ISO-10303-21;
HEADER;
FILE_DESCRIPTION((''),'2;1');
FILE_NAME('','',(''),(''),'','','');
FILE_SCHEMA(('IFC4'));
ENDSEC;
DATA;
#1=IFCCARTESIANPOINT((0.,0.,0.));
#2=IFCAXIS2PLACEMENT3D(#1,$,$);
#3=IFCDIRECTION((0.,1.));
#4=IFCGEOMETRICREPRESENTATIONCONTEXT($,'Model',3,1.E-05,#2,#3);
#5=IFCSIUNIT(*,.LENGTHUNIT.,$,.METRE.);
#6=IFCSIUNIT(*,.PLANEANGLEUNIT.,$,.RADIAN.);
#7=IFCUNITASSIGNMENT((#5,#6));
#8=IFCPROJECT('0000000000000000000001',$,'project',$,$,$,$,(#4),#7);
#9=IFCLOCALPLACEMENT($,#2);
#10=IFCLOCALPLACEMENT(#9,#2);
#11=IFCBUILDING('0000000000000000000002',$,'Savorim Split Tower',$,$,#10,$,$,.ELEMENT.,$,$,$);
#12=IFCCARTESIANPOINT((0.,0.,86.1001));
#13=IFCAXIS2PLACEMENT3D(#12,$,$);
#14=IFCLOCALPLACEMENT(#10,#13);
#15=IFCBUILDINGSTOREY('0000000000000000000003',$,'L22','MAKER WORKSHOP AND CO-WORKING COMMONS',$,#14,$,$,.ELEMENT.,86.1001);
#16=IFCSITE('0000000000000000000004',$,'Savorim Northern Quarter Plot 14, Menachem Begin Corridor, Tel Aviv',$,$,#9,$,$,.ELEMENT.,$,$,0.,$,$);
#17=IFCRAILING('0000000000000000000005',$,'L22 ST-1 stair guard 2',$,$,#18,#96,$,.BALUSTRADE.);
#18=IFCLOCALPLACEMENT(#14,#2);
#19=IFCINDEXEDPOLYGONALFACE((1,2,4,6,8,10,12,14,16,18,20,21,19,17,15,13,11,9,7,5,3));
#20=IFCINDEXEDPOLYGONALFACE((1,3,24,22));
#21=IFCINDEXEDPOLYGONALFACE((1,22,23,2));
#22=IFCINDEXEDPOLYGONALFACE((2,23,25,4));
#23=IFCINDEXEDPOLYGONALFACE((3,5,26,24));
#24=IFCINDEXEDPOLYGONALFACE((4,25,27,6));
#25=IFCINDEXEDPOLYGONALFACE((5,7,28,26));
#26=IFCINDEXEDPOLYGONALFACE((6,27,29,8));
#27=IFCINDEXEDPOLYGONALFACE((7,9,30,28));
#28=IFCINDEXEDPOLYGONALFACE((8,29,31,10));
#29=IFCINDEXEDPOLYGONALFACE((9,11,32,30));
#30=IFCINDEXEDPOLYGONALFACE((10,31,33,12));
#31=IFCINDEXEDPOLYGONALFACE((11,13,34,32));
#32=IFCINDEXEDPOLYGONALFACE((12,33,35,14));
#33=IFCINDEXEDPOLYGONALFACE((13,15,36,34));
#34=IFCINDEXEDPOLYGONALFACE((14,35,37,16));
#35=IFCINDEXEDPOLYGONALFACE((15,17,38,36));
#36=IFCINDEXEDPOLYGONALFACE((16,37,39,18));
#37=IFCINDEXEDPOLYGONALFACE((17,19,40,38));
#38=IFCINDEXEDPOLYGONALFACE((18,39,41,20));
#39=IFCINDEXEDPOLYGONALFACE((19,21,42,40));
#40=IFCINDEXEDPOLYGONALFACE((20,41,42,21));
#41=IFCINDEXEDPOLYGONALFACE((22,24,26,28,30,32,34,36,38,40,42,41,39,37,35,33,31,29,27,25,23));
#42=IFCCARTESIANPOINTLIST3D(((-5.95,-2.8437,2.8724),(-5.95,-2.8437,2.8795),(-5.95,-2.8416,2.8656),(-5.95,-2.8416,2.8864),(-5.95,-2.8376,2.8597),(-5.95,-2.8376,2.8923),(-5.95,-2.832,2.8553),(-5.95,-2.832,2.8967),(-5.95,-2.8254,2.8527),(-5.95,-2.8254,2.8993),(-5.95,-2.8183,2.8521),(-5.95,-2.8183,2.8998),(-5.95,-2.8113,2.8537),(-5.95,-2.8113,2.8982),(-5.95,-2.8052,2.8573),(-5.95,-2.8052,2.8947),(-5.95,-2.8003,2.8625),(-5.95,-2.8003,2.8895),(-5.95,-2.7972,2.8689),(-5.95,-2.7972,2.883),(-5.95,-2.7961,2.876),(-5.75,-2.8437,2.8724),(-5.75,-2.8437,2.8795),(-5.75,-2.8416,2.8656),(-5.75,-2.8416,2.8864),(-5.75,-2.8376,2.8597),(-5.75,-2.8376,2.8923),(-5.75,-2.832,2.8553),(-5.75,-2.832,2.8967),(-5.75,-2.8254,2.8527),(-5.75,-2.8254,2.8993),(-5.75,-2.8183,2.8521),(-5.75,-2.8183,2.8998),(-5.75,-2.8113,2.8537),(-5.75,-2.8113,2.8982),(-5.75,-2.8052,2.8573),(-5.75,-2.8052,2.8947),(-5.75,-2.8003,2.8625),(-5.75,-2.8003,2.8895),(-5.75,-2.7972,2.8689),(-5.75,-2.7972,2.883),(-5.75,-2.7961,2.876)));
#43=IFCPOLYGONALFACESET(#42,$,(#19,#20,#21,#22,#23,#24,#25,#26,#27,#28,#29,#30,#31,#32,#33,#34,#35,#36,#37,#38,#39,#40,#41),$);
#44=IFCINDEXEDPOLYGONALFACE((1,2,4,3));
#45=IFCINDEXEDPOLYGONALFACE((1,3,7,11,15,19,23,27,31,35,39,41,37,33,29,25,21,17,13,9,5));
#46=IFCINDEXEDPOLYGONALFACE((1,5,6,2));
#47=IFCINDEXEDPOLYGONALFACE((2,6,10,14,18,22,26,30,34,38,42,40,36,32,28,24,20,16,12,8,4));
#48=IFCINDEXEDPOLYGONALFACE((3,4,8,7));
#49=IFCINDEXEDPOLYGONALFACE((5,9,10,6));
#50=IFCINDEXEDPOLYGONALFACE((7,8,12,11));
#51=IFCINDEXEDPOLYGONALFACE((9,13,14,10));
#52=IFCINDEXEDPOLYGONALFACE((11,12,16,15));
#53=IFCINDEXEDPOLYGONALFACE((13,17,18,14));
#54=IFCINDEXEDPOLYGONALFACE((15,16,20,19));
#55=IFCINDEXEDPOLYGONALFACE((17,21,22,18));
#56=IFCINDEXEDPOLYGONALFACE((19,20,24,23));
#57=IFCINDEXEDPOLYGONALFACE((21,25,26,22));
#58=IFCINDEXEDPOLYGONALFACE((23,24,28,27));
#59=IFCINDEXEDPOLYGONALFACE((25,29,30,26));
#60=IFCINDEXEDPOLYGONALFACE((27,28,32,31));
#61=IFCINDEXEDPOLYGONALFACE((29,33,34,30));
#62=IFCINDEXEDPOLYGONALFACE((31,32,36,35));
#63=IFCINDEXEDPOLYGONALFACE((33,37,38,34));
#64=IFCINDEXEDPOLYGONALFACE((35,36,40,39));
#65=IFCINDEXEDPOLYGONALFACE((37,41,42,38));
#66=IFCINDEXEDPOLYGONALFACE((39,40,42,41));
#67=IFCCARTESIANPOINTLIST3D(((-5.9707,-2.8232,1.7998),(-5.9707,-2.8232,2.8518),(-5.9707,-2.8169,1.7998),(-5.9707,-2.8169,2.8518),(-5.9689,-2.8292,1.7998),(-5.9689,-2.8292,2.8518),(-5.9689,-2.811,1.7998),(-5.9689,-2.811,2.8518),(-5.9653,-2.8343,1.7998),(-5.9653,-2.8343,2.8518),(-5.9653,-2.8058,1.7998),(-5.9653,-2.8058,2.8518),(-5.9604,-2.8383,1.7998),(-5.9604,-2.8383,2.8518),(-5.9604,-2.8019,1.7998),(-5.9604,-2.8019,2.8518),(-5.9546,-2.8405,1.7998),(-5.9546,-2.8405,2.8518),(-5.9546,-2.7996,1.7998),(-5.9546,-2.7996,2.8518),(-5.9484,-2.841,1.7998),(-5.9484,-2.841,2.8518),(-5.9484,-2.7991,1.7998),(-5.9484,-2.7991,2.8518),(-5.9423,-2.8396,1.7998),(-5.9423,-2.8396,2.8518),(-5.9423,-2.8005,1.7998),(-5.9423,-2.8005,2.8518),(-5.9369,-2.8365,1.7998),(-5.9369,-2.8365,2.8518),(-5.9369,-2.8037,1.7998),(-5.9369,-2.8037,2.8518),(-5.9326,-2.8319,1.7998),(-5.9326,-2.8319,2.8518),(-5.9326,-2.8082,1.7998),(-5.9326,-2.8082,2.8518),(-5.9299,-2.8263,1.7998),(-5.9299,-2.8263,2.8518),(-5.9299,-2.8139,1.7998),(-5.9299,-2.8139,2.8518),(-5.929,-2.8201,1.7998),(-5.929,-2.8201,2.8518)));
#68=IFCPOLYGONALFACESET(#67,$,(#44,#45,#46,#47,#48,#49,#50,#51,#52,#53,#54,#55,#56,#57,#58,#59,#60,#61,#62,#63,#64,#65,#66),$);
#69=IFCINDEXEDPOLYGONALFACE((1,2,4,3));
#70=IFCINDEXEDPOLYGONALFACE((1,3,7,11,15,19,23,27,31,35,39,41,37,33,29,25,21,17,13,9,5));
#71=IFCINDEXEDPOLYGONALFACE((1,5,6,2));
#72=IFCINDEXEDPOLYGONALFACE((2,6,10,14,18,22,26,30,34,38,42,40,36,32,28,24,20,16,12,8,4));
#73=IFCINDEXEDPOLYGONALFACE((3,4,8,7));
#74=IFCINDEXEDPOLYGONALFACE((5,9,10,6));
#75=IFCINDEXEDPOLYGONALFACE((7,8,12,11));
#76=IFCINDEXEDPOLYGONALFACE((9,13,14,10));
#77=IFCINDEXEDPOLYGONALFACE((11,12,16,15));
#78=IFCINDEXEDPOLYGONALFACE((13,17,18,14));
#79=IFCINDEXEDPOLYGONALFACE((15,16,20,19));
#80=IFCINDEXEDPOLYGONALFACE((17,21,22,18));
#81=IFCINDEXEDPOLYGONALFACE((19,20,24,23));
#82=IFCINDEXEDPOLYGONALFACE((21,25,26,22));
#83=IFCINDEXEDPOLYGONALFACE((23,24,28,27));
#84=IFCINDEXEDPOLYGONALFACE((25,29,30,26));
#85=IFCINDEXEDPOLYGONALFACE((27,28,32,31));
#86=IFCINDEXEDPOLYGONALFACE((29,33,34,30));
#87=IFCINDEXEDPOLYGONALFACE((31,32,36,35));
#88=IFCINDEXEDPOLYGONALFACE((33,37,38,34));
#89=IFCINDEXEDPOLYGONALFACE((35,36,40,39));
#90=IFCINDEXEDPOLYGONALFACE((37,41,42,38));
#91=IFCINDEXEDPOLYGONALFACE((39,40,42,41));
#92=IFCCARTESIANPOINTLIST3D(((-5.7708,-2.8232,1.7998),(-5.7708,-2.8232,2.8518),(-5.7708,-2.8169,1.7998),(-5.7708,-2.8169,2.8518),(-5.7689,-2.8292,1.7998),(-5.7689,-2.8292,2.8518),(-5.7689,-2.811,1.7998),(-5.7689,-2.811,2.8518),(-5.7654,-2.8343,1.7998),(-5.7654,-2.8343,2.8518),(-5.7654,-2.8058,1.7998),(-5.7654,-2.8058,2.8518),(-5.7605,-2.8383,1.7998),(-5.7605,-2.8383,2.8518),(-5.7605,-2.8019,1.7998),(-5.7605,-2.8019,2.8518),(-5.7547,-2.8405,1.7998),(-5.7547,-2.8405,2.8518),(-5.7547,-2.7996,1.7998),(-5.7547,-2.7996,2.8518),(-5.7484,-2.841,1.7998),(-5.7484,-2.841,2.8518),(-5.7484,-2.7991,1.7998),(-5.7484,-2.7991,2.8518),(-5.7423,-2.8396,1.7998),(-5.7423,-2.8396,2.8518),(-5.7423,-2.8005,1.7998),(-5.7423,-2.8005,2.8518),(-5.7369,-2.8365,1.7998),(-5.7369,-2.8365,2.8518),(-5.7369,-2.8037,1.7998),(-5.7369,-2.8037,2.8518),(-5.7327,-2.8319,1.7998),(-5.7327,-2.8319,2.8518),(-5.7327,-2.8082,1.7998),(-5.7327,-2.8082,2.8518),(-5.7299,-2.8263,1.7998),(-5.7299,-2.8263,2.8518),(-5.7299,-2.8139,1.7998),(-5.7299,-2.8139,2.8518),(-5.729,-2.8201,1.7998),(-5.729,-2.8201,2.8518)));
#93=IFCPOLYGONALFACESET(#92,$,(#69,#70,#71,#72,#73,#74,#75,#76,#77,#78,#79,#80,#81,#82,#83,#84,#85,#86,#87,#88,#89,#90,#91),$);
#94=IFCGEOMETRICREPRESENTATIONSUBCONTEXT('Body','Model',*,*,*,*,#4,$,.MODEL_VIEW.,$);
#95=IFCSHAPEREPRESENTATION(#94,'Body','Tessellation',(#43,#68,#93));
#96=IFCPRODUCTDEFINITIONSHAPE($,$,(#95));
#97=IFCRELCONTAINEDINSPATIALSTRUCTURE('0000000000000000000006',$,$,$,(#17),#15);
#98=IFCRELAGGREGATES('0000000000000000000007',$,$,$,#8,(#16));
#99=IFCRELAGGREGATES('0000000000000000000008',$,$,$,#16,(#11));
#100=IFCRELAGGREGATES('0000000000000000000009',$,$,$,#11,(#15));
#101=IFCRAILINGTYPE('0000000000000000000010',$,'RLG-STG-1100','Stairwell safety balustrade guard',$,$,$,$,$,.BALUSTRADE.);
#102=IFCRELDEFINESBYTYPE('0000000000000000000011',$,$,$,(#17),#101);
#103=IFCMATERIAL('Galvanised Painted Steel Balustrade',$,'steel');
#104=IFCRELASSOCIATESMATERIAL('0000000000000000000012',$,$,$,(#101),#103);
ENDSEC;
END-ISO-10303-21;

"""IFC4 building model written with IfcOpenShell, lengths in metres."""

from ifc_helpers import new_model, si_unit, direction, frame, origin, origin_2d, place, context, subcontext, project, spatial, circle, extrude, material, type_object, element, save


model = new_model("IFC4")

# Units and contexts
model_context = context("Model", 3, precision=1e-05, world=origin(), true_north=direction((0.0, 1.0)))
body_context = subcontext(model_context, "Body", "Model", "MODEL_VIEW")
ifc_project = project(units=[si_unit("LENGTHUNIT", "METRE"), si_unit("PLANEANGLEUNIT", "RADIAN")], contexts=[model_context])

# Site, building, storey
site_placement = place(None, origin())
site = spatial("IfcSite", under=ifc_project, at=site_placement, Name="Savorim Northern Quarter Plot 14, Menachem Begin Corridor, Tel Aviv", CompositionType="ELEMENT", RefElevation=0.0)
building_placement = place(site_placement, origin())
building = spatial("IfcBuilding", under=site, at=building_placement, Name="Savorim Split Tower", CompositionType="ELEMENT")
storey_placement = place(building_placement, frame((0.0, 0.0, 86.1001)))
storey = spatial("IfcBuildingStorey", under=building, at=storey_placement, Name="L22", Description="MAKER WORKSHOP AND CO-WORKING COMMONS", CompositionType="ELEMENT", Elevation=86.1001)

# Railing
ifc_material_1 = material(Name="Galvanised Painted Steel Balustrade", Category="steel")
railing_type_1 = type_object("IfcRailingType", Name="RLG-STG-1100", Description="Stairwell safety balustrade guard", PredefinedType="BALUSTRADE", material=ifc_material_1)
railing_1_placement = place(storey_placement, frame((-5.95, -2.8201, 1.7998)))
element("IfcRailing", 1, at=railing_1_placement, inside=storey, type_object=railing_type_1, Name="L22 ST-1 stair guard 2", PredefinedType="BALUSTRADE", context=body_context, shape_type="SweptSolid", body=[
    extrude(circle(Radius=0.0239, at=origin_2d()), frame((0.0, 0.0, 1.0762), z_axis=(1.0, 0.0, 0.0), x_axis=(0.0, 1.0, 0.0)), (0.0, 0.0, 1.0), 0.2),
    extrude(circle(Radius=0.021, at=origin_2d()), origin(), (0.0, 0.0, 1.0), 1.052),
    extrude(circle(Radius=0.021, at=origin_2d()), frame((0.2, 0.0, 0.0)), (0.0, 0.0, 1.0), 1.052),
])

save(model, "model.ifc")
